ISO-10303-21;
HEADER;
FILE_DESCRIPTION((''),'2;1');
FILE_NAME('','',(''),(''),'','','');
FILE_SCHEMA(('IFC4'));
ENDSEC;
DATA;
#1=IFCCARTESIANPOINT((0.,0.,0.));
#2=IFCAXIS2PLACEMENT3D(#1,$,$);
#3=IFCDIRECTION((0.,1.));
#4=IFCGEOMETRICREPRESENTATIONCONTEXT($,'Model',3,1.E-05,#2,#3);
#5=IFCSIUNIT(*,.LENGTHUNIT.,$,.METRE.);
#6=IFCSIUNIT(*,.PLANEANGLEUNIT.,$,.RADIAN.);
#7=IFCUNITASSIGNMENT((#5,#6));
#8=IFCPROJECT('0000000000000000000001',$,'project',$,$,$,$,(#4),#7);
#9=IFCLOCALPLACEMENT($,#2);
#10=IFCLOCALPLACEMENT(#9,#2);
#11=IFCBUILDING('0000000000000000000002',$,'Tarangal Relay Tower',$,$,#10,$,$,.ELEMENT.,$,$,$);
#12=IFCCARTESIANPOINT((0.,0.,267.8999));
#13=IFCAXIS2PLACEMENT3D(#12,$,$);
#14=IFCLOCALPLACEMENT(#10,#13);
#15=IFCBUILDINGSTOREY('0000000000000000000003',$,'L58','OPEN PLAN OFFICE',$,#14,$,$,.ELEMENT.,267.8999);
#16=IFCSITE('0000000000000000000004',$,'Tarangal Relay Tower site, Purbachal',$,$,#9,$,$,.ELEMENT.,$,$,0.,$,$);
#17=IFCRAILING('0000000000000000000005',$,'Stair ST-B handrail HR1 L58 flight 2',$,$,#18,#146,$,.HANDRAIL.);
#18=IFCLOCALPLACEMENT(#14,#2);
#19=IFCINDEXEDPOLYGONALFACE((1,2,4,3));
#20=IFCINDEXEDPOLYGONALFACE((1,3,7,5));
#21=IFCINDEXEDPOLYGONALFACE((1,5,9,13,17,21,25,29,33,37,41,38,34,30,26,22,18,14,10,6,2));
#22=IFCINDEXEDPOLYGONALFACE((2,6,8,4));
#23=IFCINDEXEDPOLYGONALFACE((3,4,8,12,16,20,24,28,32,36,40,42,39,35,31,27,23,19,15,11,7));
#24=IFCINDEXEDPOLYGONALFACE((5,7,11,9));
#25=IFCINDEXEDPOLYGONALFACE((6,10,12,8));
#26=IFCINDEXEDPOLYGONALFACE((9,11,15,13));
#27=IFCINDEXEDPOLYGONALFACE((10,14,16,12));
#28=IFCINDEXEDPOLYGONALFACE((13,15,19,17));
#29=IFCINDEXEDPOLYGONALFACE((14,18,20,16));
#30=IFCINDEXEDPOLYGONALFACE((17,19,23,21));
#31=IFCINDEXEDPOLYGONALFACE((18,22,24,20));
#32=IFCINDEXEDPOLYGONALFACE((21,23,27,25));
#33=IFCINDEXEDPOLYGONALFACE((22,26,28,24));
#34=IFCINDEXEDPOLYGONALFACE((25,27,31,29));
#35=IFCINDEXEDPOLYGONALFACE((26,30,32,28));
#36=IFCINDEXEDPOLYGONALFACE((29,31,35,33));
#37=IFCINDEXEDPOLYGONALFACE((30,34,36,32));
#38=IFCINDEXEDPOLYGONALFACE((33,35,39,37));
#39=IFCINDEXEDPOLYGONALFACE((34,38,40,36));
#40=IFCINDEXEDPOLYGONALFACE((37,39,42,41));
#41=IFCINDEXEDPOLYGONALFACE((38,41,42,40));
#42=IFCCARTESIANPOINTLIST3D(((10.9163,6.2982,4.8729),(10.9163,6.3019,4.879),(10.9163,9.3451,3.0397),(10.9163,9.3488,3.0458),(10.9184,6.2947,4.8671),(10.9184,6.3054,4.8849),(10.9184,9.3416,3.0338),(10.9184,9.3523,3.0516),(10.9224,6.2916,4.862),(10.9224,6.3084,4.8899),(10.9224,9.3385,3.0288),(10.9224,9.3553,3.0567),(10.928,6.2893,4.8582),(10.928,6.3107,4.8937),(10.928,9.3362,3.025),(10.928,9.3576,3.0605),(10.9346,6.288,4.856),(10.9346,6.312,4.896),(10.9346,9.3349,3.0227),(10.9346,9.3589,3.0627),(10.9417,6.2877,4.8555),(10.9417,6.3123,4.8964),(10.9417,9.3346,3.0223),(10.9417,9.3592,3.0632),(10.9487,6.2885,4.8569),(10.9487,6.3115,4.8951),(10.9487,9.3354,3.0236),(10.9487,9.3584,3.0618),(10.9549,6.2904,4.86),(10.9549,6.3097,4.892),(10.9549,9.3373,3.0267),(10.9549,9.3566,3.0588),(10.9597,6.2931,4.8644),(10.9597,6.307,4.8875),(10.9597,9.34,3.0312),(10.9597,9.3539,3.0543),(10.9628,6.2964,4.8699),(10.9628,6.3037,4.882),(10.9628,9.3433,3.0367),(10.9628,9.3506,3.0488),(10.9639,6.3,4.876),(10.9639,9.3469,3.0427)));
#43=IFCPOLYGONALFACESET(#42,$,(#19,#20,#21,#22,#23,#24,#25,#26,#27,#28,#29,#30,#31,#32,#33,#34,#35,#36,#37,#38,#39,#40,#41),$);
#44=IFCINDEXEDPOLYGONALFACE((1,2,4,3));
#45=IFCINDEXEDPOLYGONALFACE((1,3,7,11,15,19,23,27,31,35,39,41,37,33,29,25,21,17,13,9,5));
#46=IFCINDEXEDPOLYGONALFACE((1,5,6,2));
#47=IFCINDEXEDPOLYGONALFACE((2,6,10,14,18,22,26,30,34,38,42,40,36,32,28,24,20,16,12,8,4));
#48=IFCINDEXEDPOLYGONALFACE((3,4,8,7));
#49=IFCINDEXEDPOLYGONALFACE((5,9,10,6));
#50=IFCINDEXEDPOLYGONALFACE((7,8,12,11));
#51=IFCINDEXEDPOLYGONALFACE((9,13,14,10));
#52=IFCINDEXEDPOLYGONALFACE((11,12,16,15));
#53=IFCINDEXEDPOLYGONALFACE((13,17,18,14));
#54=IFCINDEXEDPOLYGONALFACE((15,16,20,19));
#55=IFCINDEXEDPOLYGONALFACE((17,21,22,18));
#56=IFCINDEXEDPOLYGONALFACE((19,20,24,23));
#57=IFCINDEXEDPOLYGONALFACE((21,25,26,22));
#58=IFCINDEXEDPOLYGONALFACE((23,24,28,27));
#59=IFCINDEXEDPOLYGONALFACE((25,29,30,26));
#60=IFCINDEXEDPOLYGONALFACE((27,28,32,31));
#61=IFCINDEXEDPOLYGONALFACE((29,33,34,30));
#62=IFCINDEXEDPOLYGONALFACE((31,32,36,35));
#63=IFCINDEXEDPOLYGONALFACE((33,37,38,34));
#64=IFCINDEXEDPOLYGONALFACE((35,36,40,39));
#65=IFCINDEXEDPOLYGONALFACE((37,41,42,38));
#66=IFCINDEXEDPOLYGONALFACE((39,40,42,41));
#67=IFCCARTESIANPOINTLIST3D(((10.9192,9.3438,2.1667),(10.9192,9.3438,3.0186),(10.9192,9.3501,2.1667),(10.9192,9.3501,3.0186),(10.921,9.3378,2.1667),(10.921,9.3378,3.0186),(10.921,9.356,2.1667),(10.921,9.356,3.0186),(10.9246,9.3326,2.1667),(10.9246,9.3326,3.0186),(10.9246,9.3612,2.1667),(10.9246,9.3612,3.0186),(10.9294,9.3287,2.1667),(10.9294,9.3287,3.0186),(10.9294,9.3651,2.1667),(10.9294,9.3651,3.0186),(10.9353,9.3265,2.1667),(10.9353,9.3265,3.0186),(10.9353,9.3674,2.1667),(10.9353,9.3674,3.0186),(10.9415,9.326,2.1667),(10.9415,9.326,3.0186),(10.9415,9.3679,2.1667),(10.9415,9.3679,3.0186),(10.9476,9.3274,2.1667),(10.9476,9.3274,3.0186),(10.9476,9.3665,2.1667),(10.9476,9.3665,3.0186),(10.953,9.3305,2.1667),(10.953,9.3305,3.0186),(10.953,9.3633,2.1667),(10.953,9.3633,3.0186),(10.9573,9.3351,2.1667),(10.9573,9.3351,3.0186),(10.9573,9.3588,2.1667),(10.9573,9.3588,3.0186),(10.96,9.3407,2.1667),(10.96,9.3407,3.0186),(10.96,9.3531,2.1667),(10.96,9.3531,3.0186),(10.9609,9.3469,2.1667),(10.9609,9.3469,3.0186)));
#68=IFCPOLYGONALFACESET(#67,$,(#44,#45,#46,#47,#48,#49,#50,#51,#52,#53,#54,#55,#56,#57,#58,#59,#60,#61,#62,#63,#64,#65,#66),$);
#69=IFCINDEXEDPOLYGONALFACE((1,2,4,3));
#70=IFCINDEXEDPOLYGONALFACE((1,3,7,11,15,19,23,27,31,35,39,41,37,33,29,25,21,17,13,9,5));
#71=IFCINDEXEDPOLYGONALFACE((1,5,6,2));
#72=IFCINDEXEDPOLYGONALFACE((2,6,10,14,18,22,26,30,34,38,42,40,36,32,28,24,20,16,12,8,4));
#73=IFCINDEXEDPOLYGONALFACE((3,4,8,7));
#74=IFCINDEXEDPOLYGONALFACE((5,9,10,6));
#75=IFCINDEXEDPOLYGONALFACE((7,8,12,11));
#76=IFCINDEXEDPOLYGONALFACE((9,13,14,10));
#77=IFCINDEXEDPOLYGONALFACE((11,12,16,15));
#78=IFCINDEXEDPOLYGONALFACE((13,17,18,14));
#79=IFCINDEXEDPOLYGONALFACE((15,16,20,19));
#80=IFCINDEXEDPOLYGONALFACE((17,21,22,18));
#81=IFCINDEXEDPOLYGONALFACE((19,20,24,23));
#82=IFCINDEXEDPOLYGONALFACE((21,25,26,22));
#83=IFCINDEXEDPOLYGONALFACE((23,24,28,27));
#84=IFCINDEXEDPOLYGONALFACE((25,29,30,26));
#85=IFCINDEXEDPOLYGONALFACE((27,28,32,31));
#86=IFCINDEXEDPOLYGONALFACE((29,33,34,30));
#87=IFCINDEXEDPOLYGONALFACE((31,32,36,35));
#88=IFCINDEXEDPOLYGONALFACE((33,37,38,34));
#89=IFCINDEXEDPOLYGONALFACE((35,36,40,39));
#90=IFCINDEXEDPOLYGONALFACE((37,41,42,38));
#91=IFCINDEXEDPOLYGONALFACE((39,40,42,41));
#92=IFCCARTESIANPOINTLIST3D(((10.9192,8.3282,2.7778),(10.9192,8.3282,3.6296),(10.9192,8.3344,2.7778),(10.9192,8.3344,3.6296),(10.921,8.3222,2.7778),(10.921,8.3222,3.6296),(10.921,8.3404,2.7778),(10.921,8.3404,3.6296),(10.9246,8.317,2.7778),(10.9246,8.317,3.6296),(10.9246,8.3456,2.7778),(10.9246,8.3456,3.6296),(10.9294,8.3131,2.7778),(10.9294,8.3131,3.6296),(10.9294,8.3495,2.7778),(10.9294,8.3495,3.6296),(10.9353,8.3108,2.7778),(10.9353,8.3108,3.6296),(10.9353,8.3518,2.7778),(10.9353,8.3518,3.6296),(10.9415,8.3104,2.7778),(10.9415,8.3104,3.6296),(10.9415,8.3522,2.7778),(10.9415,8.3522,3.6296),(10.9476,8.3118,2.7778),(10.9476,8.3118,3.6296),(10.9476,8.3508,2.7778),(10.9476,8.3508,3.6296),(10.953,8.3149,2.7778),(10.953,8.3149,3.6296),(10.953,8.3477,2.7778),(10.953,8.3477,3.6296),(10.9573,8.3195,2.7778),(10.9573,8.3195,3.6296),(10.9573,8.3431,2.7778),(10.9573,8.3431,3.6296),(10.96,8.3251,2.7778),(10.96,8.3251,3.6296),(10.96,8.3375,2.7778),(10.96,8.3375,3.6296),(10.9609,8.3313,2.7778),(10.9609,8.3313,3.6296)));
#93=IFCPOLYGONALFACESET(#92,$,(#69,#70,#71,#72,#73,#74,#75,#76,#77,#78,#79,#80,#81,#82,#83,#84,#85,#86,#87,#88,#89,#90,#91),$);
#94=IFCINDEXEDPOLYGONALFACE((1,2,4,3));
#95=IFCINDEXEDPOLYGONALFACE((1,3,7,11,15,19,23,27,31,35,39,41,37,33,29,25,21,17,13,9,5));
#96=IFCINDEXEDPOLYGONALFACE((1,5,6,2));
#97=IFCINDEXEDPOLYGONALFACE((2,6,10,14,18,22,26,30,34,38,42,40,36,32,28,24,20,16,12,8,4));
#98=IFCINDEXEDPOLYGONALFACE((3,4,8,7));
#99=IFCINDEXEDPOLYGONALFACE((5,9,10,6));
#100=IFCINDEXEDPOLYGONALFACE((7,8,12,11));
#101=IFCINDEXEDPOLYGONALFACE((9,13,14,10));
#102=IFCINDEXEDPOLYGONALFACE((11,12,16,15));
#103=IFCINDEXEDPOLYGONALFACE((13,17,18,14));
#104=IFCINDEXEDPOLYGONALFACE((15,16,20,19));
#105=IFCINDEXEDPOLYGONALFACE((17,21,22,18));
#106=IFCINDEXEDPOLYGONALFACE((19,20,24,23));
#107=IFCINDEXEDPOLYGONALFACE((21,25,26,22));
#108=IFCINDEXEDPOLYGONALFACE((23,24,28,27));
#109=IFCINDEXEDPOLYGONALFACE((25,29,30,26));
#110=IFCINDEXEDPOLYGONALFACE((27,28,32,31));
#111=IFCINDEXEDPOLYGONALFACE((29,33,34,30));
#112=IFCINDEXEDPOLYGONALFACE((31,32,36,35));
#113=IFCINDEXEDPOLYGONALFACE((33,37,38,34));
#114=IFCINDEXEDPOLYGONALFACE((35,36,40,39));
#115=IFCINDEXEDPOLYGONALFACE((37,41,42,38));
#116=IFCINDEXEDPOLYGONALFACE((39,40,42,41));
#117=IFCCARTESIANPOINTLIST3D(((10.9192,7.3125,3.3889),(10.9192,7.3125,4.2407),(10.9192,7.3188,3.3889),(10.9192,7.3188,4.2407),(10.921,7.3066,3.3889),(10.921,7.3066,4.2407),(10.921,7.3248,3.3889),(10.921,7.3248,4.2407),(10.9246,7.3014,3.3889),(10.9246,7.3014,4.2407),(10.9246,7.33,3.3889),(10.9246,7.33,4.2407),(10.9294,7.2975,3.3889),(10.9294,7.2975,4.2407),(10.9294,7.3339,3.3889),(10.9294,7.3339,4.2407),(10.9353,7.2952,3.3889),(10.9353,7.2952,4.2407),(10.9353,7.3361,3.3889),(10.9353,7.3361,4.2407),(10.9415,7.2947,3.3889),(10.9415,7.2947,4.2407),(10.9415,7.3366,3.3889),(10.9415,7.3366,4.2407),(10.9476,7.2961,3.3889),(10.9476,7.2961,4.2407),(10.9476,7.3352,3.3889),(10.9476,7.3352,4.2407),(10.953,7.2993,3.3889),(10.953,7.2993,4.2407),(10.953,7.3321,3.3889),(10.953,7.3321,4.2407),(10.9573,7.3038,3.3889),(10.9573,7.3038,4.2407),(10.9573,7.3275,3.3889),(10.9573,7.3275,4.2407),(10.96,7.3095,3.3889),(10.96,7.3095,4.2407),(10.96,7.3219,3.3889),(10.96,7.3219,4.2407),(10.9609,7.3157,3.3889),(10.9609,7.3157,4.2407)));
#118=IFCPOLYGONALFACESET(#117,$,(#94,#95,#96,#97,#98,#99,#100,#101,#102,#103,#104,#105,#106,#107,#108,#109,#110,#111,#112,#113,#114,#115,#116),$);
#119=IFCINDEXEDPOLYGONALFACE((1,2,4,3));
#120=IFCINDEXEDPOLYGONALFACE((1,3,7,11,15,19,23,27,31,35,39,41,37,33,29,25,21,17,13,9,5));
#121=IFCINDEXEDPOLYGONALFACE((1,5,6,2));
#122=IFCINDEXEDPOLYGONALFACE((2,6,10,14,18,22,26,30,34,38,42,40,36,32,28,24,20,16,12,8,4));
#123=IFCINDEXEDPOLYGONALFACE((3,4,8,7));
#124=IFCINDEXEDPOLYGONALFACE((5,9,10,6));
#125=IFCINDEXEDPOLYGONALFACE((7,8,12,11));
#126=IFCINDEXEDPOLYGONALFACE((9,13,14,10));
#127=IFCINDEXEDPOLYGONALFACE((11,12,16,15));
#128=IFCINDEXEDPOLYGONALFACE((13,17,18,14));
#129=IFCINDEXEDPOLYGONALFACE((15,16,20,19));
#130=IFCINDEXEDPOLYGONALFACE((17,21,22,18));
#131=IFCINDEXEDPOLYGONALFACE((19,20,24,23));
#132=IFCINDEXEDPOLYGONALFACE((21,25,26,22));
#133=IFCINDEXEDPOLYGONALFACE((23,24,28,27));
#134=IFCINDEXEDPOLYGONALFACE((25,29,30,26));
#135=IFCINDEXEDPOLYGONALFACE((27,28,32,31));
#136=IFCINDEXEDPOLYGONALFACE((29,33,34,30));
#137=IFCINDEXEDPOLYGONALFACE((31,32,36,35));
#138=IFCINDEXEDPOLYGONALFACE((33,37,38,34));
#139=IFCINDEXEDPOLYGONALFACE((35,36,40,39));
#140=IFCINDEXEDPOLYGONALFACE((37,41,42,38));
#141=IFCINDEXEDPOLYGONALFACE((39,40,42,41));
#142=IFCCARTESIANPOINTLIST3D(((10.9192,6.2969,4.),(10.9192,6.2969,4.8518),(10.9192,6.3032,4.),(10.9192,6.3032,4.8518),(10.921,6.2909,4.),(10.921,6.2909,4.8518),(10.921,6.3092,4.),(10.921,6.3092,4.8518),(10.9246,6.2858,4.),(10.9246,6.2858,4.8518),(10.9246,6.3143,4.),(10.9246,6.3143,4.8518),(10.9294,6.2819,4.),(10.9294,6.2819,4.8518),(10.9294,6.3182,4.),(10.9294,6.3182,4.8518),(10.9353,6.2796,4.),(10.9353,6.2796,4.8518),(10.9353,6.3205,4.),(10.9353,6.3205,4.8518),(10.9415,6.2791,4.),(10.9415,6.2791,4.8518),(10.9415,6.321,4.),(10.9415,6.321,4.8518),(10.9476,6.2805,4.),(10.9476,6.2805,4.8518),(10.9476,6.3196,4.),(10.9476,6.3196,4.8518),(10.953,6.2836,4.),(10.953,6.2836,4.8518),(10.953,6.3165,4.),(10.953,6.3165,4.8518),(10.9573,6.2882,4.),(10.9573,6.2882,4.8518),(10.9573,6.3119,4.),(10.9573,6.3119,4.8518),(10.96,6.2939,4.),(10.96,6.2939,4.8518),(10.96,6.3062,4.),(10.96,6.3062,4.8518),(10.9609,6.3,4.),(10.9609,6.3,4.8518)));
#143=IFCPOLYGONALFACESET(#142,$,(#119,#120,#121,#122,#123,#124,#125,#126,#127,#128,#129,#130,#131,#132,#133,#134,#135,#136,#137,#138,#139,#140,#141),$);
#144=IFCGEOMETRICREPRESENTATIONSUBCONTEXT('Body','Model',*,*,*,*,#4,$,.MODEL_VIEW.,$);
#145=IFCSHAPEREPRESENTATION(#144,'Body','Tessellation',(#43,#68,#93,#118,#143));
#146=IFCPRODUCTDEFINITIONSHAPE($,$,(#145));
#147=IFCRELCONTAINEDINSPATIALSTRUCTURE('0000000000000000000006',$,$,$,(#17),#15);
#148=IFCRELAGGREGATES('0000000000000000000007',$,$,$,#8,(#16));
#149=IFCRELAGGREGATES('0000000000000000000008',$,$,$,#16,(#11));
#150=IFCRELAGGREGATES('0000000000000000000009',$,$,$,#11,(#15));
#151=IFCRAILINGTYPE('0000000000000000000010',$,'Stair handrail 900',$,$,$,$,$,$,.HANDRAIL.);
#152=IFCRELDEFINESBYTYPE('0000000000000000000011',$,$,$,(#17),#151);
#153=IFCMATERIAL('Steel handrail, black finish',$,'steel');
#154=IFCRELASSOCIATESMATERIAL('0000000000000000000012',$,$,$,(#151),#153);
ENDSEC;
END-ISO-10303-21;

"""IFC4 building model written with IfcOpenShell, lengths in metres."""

from ifc_helpers import new_model, si_unit, direction, frame, origin, origin_2d, place, context, subcontext, project, spatial, circle, extrude, material, type_object, element, save


model = new_model("IFC4")

# Units and contexts
model_context = context("Model", 3, precision=1e-05, world=origin(), true_north=direction((0.0, 1.0)))
body_context = subcontext(model_context, "Body", "Model", "MODEL_VIEW")
ifc_project = project(units=[si_unit("LENGTHUNIT", "METRE"), si_unit("PLANEANGLEUNIT", "RADIAN")], contexts=[model_context])

# Site, building, storey
site_placement = place(None, origin())
site = spatial("IfcSite", under=ifc_project, at=site_placement, Name="Tarangal Relay Tower site, Purbachal", CompositionType="ELEMENT", RefElevation=0.0)
building_placement = place(site_placement, origin())
building = spatial("IfcBuilding", under=site, at=building_placement, Name="Tarangal Relay Tower", CompositionType="ELEMENT")
storey_placement = place(building_placement, frame((0.0, 0.0, 267.8999)))
storey = spatial("IfcBuildingStorey", under=building, at=storey_placement, Name="L58", Description="OPEN PLAN OFFICE", CompositionType="ELEMENT", Elevation=267.8999)

# Railing
ifc_material_1 = material(Name="Steel handrail, black finish", Category="steel")
railing_type_1 = type_object("IfcRailingType", Name="Stair handrail 900", PredefinedType="HANDRAIL", material=ifc_material_1)
railing_1_placement = place(storey_placement, frame((10.9399, 9.3469, 2.1667)))
element("IfcRailing", 1, at=railing_1_placement, inside=storey, type_object=railing_type_1, Name="Stair ST-B handrail HR1 L58 flight 2", PredefinedType="HANDRAIL", context=body_context, shape_type="SweptSolid", body=[
    extrude(circle(Radius=0.0239, at=origin_2d()), frame((0.0, 0.0, 0.876), z_axis=(0.0, -0.856856, 0.515556), x_axis=(1.0, 0.0, 0.0)), (0.0, 0.0, 1.0), 3.5559),
    extrude(circle(Radius=0.021, at=origin_2d()), origin(), (0.0, 0.0, 1.0), 0.8518),
    extrude(circle(Radius=0.021, at=origin_2d()), frame((0.0, -1.0156, 0.6111)), (0.0, 0.0, 1.0), 0.8518),
    extrude(circle(Radius=0.021, at=origin_2d()), frame((0.0, -2.0312, 1.2222)), (0.0, 0.0, 1.0), 0.8518),
    extrude(circle(Radius=0.021, at=origin_2d()), frame((0.0, -3.0469, 1.8333)), (0.0, 0.0, 1.0), 0.8518),
])

save(model, "model.ifc")
